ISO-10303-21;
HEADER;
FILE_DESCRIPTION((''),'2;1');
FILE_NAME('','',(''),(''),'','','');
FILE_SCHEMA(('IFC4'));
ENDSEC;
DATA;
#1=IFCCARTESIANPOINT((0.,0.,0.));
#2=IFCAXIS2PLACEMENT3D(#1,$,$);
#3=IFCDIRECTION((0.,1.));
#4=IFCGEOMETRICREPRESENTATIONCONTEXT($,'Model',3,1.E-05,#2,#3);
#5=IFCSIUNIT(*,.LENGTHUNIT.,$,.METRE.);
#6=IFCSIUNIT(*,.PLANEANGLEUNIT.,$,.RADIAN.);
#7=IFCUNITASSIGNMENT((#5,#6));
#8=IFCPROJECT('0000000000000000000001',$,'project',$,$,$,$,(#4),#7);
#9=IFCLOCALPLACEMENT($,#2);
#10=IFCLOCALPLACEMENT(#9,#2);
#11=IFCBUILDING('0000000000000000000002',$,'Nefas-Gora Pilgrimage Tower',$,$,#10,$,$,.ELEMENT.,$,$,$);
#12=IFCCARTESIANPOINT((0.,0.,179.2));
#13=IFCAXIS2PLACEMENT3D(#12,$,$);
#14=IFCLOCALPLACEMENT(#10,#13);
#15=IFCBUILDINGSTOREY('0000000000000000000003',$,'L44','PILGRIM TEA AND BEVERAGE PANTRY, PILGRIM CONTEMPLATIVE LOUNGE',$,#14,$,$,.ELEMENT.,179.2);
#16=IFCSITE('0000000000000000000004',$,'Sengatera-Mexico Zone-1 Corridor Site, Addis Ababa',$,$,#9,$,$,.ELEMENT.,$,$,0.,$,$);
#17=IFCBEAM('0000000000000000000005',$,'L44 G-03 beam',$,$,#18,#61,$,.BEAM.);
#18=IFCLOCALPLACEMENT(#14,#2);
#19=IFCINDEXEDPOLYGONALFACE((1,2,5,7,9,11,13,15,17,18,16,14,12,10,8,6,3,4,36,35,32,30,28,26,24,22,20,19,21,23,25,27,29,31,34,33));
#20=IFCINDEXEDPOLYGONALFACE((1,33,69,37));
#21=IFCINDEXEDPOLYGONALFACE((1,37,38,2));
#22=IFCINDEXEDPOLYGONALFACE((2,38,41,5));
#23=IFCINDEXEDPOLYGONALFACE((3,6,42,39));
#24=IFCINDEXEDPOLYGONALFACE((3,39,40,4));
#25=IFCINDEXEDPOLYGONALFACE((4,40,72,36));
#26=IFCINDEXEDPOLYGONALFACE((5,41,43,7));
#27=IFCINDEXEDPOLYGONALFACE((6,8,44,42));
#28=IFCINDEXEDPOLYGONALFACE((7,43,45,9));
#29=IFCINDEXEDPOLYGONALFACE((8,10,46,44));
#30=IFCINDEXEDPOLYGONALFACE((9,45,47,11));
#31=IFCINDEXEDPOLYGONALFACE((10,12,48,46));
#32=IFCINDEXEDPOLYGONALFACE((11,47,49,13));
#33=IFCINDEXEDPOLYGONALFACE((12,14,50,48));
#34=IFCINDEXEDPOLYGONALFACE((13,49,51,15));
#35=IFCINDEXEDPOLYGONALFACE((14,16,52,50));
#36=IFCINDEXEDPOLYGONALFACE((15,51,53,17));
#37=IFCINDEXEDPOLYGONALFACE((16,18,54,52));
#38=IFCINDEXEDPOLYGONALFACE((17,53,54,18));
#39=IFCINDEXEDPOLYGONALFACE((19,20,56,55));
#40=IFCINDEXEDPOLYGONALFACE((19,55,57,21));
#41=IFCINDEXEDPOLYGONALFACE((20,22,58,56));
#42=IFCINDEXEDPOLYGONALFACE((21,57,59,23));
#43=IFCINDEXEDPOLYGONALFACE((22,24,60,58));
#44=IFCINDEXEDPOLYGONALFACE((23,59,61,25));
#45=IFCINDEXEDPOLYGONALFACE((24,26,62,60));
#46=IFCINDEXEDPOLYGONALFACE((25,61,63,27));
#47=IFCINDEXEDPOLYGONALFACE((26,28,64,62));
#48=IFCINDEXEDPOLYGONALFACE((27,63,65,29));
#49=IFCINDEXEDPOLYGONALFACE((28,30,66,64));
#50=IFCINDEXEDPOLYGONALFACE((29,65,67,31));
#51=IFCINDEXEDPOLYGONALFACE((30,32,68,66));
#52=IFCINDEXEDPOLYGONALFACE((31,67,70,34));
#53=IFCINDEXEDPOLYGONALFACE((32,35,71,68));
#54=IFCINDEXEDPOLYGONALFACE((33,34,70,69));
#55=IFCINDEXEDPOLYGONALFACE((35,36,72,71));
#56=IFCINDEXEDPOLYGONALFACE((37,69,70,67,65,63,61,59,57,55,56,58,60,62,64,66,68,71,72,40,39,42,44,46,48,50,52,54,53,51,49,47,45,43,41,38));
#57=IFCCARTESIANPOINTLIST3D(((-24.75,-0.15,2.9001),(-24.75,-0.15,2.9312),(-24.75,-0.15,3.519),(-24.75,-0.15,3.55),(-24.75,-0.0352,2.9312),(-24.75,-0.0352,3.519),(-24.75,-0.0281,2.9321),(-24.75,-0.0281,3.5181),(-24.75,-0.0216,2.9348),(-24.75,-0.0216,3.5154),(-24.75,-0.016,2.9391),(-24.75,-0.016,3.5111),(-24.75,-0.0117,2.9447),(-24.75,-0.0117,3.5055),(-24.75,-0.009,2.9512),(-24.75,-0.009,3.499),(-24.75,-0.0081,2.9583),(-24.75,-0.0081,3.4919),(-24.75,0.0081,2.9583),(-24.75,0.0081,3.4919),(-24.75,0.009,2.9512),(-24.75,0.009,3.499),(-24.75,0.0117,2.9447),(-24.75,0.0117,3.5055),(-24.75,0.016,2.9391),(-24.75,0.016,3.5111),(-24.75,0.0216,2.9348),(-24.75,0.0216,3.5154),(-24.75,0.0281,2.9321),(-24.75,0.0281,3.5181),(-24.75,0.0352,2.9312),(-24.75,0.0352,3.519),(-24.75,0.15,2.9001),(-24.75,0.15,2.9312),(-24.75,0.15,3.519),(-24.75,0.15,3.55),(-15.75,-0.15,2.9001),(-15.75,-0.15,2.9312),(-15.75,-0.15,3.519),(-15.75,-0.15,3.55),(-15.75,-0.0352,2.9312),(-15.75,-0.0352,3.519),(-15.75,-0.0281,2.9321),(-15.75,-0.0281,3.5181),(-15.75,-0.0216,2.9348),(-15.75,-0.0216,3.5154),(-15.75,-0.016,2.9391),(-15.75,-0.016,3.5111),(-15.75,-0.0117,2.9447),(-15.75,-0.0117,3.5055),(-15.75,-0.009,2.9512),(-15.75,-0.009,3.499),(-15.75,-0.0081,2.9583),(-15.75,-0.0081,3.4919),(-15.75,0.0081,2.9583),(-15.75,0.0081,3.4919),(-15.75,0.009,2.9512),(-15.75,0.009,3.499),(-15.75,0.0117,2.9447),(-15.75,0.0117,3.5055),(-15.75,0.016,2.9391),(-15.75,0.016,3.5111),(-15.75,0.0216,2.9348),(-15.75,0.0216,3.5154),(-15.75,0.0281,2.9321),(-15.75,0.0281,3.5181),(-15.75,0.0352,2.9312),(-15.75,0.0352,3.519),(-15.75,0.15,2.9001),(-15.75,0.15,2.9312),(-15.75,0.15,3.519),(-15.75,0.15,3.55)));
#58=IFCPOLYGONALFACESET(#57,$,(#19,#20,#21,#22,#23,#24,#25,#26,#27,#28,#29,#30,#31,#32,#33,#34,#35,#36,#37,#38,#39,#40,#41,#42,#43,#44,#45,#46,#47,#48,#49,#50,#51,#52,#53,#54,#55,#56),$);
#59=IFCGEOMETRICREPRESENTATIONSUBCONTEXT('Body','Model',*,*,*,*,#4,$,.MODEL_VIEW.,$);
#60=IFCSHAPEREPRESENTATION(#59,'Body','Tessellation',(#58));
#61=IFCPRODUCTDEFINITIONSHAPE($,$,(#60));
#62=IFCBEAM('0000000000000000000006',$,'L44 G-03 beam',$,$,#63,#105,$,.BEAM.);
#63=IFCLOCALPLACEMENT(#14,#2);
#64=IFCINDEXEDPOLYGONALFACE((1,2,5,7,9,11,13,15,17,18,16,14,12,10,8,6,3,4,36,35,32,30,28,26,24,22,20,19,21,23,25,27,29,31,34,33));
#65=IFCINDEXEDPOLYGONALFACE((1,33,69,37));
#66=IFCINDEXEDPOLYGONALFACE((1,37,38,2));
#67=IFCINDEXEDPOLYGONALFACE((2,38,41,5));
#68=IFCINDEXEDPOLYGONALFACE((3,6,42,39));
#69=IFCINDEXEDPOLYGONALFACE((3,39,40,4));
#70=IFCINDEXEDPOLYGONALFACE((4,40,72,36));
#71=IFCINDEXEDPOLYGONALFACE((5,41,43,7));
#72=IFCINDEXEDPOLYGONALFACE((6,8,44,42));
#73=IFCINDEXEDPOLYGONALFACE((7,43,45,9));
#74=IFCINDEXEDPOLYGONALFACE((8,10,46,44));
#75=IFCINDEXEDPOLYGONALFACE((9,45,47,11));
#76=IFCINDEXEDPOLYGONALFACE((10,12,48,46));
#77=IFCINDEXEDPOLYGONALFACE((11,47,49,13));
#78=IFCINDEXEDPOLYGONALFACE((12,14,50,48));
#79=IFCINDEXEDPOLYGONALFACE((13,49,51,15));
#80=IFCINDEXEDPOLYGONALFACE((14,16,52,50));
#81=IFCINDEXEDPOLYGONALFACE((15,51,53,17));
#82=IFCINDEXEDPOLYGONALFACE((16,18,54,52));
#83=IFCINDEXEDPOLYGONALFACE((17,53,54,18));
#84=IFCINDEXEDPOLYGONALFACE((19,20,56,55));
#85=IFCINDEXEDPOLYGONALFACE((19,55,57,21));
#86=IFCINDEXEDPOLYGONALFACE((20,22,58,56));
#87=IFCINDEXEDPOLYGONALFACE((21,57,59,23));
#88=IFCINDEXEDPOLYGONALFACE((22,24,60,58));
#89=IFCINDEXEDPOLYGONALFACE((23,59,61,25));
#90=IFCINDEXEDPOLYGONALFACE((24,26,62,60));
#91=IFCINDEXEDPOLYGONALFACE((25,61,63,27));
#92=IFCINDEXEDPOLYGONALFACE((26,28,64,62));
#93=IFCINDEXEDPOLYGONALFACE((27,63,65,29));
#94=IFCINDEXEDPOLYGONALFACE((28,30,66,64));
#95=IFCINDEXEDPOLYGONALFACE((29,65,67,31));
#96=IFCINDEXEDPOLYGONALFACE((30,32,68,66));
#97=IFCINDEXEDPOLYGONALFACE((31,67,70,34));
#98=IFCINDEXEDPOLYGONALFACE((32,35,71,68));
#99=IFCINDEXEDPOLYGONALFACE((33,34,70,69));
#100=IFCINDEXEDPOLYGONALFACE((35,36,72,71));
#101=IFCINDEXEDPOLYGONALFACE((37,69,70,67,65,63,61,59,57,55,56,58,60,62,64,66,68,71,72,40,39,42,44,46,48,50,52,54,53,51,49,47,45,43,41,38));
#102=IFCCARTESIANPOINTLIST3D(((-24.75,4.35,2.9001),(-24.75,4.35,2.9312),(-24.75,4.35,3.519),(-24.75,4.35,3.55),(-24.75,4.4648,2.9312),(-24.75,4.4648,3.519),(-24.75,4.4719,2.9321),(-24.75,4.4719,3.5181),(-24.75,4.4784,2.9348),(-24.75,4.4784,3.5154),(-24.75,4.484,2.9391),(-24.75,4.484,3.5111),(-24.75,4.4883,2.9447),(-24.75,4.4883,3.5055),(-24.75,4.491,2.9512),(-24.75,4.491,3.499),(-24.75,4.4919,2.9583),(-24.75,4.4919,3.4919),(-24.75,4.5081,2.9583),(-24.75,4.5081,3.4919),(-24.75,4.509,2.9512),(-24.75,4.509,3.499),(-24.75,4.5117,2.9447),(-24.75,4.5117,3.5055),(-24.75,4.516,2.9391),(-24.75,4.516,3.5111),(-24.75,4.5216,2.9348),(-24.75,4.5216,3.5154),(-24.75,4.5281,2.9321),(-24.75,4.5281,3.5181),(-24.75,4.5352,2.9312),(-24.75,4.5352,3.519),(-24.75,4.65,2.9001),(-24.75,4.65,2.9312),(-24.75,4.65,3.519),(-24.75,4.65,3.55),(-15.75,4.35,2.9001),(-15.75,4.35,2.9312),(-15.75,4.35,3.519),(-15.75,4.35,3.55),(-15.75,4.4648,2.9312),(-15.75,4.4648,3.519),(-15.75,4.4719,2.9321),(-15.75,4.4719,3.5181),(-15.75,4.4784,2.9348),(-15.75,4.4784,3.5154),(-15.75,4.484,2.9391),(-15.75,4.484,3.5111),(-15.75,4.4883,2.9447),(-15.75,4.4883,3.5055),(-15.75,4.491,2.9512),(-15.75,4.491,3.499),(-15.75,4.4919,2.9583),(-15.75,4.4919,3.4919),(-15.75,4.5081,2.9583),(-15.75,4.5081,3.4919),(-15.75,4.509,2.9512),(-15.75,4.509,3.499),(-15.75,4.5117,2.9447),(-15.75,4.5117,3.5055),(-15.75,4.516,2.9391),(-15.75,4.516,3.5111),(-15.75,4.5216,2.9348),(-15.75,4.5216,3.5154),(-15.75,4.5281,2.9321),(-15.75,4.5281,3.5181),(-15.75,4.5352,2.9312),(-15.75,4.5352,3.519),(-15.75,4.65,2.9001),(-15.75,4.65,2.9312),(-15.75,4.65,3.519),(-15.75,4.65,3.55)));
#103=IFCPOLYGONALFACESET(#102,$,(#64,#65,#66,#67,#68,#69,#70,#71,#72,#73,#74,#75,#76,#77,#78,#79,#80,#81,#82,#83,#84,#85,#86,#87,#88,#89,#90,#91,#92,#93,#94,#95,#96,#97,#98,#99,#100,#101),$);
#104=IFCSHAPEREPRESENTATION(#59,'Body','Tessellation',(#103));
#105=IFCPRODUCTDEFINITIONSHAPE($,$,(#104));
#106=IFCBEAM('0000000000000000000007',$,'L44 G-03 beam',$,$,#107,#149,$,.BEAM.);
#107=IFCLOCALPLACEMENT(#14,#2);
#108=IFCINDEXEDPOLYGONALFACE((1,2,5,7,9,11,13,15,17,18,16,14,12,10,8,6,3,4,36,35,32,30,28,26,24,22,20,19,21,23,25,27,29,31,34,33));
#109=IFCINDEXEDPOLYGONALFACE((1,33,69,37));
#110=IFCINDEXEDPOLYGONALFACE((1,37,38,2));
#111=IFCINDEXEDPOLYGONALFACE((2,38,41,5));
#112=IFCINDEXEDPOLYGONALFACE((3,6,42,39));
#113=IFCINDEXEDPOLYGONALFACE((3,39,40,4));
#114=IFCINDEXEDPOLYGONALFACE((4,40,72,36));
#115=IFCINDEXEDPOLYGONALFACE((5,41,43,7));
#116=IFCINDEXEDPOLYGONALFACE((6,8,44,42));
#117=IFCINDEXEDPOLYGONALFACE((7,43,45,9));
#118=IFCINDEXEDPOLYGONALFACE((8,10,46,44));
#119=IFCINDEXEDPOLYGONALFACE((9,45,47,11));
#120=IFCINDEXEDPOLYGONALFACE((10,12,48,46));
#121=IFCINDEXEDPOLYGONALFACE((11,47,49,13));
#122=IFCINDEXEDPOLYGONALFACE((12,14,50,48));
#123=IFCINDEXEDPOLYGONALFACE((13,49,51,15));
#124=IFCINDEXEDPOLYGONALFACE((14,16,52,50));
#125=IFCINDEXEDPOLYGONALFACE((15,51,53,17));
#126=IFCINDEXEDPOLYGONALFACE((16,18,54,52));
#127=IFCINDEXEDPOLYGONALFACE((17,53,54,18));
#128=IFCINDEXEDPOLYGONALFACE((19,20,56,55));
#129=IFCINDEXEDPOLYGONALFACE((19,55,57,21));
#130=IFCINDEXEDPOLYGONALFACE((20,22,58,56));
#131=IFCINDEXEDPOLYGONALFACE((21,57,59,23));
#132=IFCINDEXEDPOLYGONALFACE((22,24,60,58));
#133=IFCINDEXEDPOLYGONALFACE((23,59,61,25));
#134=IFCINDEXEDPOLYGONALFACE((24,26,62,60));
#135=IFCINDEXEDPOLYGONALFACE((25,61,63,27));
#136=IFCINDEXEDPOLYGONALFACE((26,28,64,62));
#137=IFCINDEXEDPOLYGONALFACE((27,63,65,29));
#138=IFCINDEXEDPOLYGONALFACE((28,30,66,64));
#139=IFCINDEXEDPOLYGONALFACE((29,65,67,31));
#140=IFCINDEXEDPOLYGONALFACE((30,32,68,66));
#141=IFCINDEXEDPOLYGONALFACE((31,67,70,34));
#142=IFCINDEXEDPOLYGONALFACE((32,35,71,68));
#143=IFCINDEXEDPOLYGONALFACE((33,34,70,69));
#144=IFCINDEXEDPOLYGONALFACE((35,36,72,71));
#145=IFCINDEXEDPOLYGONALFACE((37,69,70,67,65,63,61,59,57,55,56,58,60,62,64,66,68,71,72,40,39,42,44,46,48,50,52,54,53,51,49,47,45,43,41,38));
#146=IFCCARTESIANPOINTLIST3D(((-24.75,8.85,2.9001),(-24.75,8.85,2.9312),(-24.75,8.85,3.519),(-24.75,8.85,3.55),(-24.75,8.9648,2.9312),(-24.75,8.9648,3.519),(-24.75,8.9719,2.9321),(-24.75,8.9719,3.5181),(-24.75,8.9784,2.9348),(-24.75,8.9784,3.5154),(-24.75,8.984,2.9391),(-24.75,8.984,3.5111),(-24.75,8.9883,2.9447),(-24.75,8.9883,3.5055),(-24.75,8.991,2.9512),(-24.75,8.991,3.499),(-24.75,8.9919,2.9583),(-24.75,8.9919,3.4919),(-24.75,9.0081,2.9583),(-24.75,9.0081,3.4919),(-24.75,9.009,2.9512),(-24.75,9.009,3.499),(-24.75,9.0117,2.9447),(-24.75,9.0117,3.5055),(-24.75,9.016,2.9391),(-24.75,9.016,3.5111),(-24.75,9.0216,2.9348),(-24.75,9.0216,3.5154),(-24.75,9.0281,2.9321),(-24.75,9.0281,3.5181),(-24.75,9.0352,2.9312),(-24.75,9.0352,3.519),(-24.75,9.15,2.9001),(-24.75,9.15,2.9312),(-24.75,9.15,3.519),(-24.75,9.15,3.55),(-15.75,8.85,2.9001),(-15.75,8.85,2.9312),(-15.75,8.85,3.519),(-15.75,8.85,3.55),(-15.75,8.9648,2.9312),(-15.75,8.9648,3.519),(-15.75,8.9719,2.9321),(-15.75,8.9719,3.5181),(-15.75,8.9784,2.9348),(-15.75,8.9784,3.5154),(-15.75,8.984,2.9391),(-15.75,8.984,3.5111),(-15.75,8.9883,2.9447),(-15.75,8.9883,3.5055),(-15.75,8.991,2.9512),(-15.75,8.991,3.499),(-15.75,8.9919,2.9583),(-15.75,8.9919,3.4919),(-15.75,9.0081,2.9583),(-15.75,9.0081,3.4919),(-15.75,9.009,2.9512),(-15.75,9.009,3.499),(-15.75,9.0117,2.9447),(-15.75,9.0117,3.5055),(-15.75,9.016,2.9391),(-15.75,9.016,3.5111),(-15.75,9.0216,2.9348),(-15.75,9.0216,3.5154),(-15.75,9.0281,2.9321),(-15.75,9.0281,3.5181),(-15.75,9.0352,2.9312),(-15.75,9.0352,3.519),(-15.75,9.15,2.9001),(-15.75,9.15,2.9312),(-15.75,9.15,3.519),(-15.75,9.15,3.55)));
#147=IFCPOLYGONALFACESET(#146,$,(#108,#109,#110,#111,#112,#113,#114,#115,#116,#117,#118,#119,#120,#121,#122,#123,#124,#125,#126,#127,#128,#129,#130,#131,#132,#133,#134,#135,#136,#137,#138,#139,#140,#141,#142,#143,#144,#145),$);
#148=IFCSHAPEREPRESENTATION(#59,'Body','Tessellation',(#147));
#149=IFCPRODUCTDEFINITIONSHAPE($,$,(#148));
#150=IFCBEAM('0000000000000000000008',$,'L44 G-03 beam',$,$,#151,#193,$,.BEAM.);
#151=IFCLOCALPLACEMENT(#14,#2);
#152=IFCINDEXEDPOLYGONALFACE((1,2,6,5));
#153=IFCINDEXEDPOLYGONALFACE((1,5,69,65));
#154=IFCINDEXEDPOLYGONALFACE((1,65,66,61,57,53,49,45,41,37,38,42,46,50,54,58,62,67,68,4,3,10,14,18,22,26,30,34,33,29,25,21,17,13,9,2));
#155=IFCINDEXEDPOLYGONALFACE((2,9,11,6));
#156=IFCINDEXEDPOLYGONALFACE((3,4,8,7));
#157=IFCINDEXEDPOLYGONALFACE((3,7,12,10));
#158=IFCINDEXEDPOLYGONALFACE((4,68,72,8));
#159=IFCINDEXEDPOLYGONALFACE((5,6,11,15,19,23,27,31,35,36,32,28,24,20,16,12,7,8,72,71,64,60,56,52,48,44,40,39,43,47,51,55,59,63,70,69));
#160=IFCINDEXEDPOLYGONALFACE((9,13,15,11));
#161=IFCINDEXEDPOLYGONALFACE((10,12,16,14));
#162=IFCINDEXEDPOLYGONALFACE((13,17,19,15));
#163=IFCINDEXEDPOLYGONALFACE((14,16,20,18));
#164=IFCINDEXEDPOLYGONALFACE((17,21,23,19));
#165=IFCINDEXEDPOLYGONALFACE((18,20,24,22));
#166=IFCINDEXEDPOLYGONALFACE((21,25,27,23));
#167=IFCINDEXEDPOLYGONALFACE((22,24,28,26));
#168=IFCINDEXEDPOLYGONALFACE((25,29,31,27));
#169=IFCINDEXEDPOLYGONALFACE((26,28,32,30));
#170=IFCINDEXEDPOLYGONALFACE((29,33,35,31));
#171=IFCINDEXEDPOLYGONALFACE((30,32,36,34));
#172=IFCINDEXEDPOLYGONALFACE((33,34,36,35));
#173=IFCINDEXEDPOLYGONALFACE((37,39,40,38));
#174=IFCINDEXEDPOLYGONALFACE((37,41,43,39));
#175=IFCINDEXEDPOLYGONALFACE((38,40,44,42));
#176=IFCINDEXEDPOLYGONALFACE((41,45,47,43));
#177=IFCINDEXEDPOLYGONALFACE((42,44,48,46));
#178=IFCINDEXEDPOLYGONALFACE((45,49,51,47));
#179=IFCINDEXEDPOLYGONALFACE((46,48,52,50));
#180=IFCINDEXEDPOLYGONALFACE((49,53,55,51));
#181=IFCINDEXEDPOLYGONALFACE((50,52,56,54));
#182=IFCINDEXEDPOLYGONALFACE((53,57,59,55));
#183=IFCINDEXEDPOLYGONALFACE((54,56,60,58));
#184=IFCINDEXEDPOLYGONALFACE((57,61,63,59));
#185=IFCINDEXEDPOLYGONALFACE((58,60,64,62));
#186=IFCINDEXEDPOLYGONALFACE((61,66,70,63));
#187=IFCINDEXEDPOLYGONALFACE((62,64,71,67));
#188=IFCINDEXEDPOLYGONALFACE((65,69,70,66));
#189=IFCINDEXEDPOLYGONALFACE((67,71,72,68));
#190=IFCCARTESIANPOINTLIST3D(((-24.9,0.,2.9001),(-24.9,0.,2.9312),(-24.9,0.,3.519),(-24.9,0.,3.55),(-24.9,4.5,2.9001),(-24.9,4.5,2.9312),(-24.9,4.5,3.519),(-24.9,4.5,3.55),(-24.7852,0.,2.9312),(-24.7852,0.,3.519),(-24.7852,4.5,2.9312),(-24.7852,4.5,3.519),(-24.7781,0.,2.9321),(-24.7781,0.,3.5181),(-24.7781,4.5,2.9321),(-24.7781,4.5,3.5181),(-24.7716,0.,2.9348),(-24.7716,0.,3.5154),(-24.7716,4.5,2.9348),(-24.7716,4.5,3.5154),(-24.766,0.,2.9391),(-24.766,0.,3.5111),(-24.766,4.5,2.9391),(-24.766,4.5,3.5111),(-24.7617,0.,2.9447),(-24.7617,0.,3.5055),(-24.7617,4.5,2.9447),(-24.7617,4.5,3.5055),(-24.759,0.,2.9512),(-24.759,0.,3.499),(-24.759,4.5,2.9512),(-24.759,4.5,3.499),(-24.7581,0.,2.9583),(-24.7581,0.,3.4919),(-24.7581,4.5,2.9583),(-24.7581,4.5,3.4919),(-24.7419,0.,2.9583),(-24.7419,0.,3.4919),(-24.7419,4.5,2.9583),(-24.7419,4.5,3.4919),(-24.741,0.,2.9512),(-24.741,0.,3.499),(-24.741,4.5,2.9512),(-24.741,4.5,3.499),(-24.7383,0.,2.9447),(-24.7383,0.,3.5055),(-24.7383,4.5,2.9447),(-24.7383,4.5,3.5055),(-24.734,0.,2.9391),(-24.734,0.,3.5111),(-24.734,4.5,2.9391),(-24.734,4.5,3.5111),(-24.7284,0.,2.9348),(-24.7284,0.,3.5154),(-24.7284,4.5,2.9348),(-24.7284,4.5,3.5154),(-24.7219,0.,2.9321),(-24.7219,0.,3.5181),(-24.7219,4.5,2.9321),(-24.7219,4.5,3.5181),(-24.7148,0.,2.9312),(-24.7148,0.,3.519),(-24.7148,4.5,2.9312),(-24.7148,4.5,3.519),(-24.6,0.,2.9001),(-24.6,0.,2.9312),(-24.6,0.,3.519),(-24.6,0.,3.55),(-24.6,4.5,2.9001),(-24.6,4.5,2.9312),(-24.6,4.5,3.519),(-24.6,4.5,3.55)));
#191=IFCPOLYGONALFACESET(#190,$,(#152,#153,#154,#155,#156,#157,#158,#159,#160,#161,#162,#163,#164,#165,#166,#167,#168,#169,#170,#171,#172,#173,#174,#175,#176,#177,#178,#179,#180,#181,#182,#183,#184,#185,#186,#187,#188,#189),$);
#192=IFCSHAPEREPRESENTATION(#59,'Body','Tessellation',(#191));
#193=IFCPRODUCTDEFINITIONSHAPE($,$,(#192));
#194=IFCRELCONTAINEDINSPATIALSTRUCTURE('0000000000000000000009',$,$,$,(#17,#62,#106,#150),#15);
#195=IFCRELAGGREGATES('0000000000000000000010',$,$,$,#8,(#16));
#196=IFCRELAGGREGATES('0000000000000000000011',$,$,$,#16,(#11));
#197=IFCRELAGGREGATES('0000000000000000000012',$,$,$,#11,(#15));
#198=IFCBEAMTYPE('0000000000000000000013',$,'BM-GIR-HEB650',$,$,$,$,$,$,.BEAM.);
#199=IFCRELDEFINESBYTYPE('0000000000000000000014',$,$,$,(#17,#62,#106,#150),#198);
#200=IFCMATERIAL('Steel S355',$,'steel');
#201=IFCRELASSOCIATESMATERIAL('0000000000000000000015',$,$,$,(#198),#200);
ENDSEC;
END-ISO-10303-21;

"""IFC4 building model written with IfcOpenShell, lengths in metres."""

from ifc_helpers import new_model, si_unit, direction, frame, origin, origin_2d, place, context, subcontext, project, spatial, i_section, extrude, source, transform, mapped, material, material_profile, profile_set, type_object, element, save


model = new_model("IFC4")

# Units and contexts
model_context = context("Model", 3, precision=1e-05, world=origin(), true_north=direction((0.0, 1.0)))
body_context = subcontext(model_context, "Body", "Model", "MODEL_VIEW")
ifc_project = project(units=[si_unit("LENGTHUNIT", "METRE"), si_unit("PLANEANGLEUNIT", "RADIAN")], contexts=[model_context])

# Site, building, storey
site_placement = place(None, origin())
site = spatial("IfcSite", under=ifc_project, at=site_placement, Name="Sengatera-Mexico Zone-1 Corridor Site, Addis Ababa", CompositionType="ELEMENT", RefElevation=0.0)
building_placement = place(site_placement, origin())
building = spatial("IfcBuilding", under=site, at=building_placement, Name="Nefas-Gora Pilgrimage Tower", CompositionType="ELEMENT")
storey_placement = place(building_placement, frame((0.0, 0.0, 179.2)))
storey = spatial("IfcBuildingStorey", under=building, at=storey_placement, Name="L44", Description="PILGRIM TEA AND BEVERAGE PANTRY, PILGRIM CONTEMPLATIVE LOUNGE", CompositionType="ELEMENT", Elevation=179.2)

# Beams
ifc_material_1 = material(Name="Steel S355", Category="steel")
ifc_material_profile_1 = material_profile(ifc_material_1, i_section(OverallWidth=0.3, OverallDepth=0.6499, WebThickness=0.0161, FlangeThickness=0.031, FilletRadius=0.0271, at=origin_2d()), Name="HEB 650")
ifc_profile_set_1 = profile_set([ifc_material_profile_1], Name="Steel S355")
beam_type_1 = type_object("IfcBeamType", Name="BM-GIR-HEB650", PredefinedType="BEAM", material=ifc_profile_set_1)
shared_shape_1 = source(origin(), body_context, "Body", "SweptSolid", [
    extrude(i_section(OverallWidth=0.3, OverallDepth=0.6499, WebThickness=0.0161, FlangeThickness=0.031, FilletRadius=0.0271, at=origin_2d()), origin(), (0.0, 0.0, 1.0), 9.0),
])
for number, where, z_axis, x_axis, name in (
    (1, (-24.75, 0.0, 3.2251), (1.0, 0.0, 0.0), (0.0, 1.0, 0.0), "L44 G-03 beam"),
    (2, (-24.75, 4.5, 3.2251), (1.0, 0.0, 0.0), (0.0, 1.0, 0.0), "L44 G-03 beam"),
    (3, (-24.75, 9.0, 3.2251), (1.0, 0.0, 0.0), (0.0, 1.0, 0.0), "L44 G-03 beam"),
):
    element("IfcBeam", number, at=place(storey_placement, frame(where, z_axis=z_axis, x_axis=x_axis)), inside=storey, type_object=beam_type_1, Name=name, PredefinedType="BEAM", context=body_context, shape_type="MappedRepresentation", body=[
        mapped(shared_shape_1, transform((0.0, 0.0, 0.0), x_axis=(1.0, 0.0, 0.0), y_axis=(0.0, 1.0, 0.0), z_axis=(0.0, 0.0, 1.0), scale=1.0)),
    ])
shared_shape_2 = source(origin(), body_context, "Body", "SweptSolid", [
    extrude(i_section(OverallWidth=0.3, OverallDepth=0.6499, WebThickness=0.0161, FlangeThickness=0.031, FilletRadius=0.0271, at=origin_2d()), origin(), (0.0, 0.0, 1.0), 4.5),
])
for number, where, z_axis, x_axis, name in (
    (4, (-24.75, 0.0, 3.2251), (0.0, 1.0, 0.0), (-1.0, 0.0, 0.0), "L44 G-03 beam"),
):
    element("IfcBeam", number, at=place(storey_placement, frame(where, z_axis=z_axis, x_axis=x_axis)), inside=storey, type_object=beam_type_1, Name=name, PredefinedType="BEAM", context=body_context, shape_type="MappedRepresentation", body=[
        mapped(shared_shape_2, transform((0.0, 0.0, 0.0), x_axis=(1.0, 0.0, 0.0), y_axis=(0.0, 1.0, 0.0), z_axis=(0.0, 0.0, 1.0), scale=1.0)),
    ])

save(model, "model.ifc")
